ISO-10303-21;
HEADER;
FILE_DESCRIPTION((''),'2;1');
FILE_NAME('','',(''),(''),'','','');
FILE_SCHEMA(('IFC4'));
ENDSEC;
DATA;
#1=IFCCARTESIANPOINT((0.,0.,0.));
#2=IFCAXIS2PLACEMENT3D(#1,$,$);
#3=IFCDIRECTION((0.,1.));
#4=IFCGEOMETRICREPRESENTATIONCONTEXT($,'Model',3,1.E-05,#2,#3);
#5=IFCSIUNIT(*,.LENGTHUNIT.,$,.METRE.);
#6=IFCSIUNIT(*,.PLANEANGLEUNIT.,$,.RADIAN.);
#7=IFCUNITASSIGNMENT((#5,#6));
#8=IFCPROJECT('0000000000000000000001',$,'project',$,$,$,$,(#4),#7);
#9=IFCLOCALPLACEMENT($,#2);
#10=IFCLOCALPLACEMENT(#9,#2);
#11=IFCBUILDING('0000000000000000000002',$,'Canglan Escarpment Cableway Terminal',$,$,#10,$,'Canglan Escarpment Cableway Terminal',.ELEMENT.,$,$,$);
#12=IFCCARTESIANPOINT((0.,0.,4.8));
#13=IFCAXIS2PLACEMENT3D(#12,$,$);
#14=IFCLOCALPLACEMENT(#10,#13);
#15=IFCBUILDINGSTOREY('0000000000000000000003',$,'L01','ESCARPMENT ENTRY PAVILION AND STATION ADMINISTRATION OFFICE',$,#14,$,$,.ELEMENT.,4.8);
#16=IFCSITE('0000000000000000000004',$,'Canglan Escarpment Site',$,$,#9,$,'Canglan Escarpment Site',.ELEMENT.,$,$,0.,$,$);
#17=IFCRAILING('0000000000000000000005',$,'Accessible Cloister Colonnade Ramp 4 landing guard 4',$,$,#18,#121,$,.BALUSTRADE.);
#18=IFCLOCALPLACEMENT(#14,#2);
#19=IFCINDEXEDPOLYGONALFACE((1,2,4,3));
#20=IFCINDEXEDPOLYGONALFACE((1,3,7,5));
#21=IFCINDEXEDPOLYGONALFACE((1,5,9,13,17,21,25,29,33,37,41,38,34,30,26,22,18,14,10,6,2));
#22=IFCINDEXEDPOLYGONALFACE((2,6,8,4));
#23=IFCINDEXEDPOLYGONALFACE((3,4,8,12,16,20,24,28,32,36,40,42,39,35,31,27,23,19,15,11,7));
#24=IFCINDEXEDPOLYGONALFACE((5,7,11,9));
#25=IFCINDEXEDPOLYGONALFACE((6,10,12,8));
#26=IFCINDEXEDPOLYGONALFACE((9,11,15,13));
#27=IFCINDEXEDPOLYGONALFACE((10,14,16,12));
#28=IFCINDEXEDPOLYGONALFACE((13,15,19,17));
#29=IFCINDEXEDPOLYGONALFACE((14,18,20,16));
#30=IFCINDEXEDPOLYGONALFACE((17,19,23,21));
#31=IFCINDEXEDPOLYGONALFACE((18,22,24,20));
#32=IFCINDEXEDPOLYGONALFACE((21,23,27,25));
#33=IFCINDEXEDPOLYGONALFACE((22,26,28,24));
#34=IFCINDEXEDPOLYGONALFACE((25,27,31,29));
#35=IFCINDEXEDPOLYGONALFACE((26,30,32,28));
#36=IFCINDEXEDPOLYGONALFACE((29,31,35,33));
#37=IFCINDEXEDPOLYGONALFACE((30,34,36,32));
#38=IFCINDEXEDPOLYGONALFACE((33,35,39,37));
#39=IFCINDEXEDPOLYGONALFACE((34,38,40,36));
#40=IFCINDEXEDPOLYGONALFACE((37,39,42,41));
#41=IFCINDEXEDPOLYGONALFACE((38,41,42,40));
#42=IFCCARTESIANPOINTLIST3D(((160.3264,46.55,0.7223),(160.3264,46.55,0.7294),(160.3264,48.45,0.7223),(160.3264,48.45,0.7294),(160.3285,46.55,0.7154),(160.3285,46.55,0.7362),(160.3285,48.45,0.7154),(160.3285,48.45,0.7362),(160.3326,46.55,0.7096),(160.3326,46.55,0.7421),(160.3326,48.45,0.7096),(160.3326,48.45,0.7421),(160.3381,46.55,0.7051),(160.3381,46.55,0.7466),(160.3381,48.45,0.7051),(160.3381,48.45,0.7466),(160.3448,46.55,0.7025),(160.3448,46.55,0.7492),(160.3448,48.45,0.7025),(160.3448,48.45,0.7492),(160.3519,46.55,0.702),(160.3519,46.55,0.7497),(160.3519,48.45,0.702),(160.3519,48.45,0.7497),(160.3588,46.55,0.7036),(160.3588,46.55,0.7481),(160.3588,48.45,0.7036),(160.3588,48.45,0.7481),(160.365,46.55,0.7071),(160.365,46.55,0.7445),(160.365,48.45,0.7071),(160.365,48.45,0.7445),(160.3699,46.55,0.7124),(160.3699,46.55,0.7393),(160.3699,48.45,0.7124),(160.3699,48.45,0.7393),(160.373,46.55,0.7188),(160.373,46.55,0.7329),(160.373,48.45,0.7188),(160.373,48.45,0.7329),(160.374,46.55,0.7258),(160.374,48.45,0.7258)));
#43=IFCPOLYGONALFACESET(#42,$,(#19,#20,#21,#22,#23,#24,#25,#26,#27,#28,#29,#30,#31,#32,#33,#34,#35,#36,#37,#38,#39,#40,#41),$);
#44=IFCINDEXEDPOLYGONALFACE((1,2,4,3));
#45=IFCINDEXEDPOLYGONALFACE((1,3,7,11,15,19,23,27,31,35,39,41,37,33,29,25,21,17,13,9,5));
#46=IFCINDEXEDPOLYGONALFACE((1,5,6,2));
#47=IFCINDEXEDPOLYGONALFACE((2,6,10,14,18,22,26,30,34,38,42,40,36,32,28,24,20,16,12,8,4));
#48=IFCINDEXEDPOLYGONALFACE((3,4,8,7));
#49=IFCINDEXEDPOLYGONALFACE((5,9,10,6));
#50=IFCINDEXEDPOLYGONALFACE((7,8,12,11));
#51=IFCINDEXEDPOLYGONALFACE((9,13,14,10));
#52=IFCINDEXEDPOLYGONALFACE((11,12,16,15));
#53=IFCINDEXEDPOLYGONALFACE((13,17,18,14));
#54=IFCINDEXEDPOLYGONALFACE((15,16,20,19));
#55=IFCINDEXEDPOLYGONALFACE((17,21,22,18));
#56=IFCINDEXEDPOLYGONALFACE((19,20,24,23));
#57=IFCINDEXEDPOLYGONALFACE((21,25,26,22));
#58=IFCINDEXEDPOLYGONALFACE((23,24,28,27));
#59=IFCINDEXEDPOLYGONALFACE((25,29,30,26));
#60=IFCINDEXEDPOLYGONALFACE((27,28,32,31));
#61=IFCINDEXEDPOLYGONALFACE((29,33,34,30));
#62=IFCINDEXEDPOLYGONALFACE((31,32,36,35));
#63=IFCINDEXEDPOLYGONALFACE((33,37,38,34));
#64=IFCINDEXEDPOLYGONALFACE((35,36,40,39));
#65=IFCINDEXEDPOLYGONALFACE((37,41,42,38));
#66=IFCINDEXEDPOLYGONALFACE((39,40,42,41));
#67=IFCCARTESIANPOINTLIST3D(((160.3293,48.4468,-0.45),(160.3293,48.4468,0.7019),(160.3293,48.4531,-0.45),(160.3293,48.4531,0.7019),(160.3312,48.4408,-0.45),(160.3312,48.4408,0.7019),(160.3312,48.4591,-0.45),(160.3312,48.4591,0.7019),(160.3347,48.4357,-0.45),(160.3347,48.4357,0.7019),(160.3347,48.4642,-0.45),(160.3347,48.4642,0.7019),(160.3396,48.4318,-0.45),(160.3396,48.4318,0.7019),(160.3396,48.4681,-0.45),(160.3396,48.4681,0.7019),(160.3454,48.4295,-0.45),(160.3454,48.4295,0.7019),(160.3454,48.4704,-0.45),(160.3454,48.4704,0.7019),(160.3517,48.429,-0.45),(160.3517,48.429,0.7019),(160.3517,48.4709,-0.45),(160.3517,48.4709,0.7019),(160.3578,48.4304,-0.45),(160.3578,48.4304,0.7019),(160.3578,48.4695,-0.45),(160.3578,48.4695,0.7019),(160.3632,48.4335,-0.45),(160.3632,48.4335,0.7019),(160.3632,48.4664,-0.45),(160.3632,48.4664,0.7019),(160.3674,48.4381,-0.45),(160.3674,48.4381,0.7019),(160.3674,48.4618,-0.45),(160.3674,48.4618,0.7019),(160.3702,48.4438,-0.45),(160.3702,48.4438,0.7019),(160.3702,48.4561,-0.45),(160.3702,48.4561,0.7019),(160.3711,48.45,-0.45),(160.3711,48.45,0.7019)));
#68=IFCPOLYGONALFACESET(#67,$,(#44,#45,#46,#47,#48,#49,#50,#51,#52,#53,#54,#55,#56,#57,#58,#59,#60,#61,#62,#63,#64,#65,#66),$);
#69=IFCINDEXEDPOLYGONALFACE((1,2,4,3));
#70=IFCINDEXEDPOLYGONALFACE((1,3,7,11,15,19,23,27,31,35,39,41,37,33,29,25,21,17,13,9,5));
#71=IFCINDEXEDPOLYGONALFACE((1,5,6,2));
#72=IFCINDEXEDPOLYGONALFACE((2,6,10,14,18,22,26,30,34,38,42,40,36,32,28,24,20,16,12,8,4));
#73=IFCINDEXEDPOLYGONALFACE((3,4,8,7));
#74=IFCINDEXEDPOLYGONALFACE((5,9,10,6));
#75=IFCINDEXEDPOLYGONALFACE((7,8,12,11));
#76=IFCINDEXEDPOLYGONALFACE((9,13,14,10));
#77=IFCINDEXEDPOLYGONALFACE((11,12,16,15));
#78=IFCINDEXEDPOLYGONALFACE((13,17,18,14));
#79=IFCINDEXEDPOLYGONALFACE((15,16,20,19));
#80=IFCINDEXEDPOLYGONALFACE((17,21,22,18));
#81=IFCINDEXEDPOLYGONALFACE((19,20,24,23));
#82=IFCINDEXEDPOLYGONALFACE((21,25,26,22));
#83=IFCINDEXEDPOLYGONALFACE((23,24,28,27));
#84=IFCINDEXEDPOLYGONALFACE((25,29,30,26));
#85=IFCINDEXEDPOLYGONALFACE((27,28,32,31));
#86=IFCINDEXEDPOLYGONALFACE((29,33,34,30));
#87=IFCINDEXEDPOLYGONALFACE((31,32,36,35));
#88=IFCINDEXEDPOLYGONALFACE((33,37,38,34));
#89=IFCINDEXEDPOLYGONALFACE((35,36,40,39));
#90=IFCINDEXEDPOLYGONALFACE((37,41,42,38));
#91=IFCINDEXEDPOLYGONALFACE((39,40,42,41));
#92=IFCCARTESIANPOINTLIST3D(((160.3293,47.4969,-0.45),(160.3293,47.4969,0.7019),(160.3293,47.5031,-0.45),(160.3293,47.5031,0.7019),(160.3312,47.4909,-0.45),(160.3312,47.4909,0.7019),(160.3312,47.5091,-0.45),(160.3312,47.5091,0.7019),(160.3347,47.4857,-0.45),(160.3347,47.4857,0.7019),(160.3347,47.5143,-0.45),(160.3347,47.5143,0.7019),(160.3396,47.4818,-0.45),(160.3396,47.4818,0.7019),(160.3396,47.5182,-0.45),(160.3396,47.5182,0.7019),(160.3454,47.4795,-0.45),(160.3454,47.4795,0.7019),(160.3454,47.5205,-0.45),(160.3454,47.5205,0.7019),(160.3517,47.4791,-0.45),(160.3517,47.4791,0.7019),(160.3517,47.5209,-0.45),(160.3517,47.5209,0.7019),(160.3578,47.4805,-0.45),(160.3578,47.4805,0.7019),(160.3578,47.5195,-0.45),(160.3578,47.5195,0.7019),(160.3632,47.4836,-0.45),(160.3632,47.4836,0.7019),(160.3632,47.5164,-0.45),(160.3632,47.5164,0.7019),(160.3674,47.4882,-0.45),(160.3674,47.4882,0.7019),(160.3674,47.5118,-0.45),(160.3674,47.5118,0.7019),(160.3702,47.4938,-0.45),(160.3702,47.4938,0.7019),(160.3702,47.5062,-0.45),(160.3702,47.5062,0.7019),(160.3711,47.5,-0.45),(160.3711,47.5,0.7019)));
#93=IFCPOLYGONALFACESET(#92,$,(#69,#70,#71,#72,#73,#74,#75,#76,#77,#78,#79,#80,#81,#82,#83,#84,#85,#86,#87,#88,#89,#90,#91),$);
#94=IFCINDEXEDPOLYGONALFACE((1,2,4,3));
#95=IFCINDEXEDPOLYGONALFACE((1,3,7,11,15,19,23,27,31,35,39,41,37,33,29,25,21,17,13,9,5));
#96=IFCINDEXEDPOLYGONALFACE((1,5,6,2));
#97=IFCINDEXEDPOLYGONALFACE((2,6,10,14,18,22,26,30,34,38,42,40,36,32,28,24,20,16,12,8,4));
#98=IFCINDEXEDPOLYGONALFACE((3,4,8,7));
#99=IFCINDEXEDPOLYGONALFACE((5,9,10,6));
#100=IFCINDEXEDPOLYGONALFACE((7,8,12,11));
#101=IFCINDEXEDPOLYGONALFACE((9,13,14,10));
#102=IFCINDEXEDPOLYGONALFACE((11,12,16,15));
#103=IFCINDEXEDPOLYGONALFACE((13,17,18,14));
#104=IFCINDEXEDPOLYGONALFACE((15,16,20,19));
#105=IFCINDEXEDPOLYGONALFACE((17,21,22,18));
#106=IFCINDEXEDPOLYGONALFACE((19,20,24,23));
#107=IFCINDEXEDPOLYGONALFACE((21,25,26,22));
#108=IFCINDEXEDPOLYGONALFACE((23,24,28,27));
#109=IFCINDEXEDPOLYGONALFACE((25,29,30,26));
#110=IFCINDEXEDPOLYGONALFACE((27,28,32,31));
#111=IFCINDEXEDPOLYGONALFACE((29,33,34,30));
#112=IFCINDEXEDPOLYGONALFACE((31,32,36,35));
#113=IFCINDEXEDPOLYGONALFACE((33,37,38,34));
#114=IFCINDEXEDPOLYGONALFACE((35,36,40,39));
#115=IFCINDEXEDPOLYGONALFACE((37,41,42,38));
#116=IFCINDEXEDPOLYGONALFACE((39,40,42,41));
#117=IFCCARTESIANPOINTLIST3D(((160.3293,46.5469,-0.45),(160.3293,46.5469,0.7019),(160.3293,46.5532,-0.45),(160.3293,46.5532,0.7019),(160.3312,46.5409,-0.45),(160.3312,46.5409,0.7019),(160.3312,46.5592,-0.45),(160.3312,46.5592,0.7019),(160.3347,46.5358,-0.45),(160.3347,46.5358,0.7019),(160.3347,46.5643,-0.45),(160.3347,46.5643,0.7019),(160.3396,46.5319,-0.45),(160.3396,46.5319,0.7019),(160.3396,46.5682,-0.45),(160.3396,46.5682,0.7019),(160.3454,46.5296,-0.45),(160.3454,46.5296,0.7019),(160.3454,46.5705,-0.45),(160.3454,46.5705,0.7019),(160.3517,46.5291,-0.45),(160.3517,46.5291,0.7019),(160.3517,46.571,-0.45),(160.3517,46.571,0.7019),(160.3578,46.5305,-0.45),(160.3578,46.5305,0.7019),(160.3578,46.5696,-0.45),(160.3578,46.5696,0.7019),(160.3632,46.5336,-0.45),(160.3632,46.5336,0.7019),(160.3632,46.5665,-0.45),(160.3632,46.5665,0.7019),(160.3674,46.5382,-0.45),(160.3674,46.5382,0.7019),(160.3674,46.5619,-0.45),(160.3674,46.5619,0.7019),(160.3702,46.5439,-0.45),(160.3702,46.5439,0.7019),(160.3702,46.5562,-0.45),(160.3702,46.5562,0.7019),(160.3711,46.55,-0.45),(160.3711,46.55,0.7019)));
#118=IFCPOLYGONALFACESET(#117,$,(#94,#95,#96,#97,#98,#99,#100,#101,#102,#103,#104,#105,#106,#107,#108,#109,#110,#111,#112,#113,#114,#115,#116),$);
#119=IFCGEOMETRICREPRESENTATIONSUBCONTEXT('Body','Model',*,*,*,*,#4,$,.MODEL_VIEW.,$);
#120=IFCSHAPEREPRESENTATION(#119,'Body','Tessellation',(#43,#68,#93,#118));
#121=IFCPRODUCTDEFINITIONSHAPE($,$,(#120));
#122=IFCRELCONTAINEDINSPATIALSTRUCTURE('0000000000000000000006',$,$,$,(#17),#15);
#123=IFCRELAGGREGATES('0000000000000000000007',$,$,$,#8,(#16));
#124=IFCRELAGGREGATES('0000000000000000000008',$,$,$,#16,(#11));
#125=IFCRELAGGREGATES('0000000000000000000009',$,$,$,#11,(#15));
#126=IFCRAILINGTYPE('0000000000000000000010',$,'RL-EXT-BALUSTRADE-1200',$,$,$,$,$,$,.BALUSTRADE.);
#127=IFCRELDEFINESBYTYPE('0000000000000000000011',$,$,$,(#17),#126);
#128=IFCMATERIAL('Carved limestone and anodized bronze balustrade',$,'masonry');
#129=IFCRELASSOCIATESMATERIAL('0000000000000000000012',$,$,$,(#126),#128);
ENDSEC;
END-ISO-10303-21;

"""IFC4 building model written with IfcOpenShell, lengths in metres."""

from ifc_helpers import new_model, si_unit, direction, frame, origin, origin_2d, place, context, subcontext, project, spatial, circle, extrude, material, type_object, element, save


model = new_model("IFC4")

# Units and contexts
model_context = context("Model", 3, precision=1e-05, world=origin(), true_north=direction((0.0, 1.0)))
body_context = subcontext(model_context, "Body", "Model", "MODEL_VIEW")
ifc_project = project(units=[si_unit("LENGTHUNIT", "METRE"), si_unit("PLANEANGLEUNIT", "RADIAN")], contexts=[model_context])

# Site, building, storey
site_placement = place(None, origin())
site = spatial("IfcSite", under=ifc_project, at=site_placement, Name="Canglan Escarpment Site", LongName="Canglan Escarpment Site", CompositionType="ELEMENT", RefElevation=0.0)
building_placement = place(site_placement, origin())
building = spatial("IfcBuilding", under=site, at=building_placement, Name="Canglan Escarpment Cableway Terminal", LongName="Canglan Escarpment Cableway Terminal", CompositionType="ELEMENT")
storey_placement = place(building_placement, frame((0.0, 0.0, 4.8)))
storey = spatial("IfcBuildingStorey", under=building, at=storey_placement, Name="L01", Description="ESCARPMENT ENTRY PAVILION AND STATION ADMINISTRATION OFFICE", CompositionType="ELEMENT", Elevation=4.8)

# Railing
ifc_material_1 = material(Name="Carved limestone and anodized bronze balustrade", Category="masonry")
railing_type_1 = type_object("IfcRailingType", Name="RL-EXT-BALUSTRADE-1200", PredefinedType="BALUSTRADE", material=ifc_material_1)
railing_1_placement = place(storey_placement, frame((160.3501, 48.45, -0.45)))
element("IfcRailing", 1, at=railing_1_placement, inside=storey, type_object=railing_type_1, Name="Accessible Cloister Colonnade Ramp 4 landing guard 4", PredefinedType="BALUSTRADE", context=body_context, shape_type="SweptSolid", body=[
    extrude(circle(Radius=0.0239, at=origin_2d()), frame((0.0, 0.0, 1.1758), z_axis=(0.0, -1.0, 0.0), x_axis=(1.0, 0.0, 0.0)), (0.0, 0.0, 1.0), 1.8999),
    extrude(circle(Radius=0.021, at=origin_2d()), origin(), (0.0, 0.0, 1.0), 1.1519),
    extrude(circle(Radius=0.021, at=origin_2d()), frame((0.0, -0.95, 0.0)), (0.0, 0.0, 1.0), 1.1519),
    extrude(circle(Radius=0.021, at=origin_2d()), frame((0.0, -1.8999, 0.0)), (0.0, 0.0, 1.0), 1.1519),
])

save(model, "model.ifc")
